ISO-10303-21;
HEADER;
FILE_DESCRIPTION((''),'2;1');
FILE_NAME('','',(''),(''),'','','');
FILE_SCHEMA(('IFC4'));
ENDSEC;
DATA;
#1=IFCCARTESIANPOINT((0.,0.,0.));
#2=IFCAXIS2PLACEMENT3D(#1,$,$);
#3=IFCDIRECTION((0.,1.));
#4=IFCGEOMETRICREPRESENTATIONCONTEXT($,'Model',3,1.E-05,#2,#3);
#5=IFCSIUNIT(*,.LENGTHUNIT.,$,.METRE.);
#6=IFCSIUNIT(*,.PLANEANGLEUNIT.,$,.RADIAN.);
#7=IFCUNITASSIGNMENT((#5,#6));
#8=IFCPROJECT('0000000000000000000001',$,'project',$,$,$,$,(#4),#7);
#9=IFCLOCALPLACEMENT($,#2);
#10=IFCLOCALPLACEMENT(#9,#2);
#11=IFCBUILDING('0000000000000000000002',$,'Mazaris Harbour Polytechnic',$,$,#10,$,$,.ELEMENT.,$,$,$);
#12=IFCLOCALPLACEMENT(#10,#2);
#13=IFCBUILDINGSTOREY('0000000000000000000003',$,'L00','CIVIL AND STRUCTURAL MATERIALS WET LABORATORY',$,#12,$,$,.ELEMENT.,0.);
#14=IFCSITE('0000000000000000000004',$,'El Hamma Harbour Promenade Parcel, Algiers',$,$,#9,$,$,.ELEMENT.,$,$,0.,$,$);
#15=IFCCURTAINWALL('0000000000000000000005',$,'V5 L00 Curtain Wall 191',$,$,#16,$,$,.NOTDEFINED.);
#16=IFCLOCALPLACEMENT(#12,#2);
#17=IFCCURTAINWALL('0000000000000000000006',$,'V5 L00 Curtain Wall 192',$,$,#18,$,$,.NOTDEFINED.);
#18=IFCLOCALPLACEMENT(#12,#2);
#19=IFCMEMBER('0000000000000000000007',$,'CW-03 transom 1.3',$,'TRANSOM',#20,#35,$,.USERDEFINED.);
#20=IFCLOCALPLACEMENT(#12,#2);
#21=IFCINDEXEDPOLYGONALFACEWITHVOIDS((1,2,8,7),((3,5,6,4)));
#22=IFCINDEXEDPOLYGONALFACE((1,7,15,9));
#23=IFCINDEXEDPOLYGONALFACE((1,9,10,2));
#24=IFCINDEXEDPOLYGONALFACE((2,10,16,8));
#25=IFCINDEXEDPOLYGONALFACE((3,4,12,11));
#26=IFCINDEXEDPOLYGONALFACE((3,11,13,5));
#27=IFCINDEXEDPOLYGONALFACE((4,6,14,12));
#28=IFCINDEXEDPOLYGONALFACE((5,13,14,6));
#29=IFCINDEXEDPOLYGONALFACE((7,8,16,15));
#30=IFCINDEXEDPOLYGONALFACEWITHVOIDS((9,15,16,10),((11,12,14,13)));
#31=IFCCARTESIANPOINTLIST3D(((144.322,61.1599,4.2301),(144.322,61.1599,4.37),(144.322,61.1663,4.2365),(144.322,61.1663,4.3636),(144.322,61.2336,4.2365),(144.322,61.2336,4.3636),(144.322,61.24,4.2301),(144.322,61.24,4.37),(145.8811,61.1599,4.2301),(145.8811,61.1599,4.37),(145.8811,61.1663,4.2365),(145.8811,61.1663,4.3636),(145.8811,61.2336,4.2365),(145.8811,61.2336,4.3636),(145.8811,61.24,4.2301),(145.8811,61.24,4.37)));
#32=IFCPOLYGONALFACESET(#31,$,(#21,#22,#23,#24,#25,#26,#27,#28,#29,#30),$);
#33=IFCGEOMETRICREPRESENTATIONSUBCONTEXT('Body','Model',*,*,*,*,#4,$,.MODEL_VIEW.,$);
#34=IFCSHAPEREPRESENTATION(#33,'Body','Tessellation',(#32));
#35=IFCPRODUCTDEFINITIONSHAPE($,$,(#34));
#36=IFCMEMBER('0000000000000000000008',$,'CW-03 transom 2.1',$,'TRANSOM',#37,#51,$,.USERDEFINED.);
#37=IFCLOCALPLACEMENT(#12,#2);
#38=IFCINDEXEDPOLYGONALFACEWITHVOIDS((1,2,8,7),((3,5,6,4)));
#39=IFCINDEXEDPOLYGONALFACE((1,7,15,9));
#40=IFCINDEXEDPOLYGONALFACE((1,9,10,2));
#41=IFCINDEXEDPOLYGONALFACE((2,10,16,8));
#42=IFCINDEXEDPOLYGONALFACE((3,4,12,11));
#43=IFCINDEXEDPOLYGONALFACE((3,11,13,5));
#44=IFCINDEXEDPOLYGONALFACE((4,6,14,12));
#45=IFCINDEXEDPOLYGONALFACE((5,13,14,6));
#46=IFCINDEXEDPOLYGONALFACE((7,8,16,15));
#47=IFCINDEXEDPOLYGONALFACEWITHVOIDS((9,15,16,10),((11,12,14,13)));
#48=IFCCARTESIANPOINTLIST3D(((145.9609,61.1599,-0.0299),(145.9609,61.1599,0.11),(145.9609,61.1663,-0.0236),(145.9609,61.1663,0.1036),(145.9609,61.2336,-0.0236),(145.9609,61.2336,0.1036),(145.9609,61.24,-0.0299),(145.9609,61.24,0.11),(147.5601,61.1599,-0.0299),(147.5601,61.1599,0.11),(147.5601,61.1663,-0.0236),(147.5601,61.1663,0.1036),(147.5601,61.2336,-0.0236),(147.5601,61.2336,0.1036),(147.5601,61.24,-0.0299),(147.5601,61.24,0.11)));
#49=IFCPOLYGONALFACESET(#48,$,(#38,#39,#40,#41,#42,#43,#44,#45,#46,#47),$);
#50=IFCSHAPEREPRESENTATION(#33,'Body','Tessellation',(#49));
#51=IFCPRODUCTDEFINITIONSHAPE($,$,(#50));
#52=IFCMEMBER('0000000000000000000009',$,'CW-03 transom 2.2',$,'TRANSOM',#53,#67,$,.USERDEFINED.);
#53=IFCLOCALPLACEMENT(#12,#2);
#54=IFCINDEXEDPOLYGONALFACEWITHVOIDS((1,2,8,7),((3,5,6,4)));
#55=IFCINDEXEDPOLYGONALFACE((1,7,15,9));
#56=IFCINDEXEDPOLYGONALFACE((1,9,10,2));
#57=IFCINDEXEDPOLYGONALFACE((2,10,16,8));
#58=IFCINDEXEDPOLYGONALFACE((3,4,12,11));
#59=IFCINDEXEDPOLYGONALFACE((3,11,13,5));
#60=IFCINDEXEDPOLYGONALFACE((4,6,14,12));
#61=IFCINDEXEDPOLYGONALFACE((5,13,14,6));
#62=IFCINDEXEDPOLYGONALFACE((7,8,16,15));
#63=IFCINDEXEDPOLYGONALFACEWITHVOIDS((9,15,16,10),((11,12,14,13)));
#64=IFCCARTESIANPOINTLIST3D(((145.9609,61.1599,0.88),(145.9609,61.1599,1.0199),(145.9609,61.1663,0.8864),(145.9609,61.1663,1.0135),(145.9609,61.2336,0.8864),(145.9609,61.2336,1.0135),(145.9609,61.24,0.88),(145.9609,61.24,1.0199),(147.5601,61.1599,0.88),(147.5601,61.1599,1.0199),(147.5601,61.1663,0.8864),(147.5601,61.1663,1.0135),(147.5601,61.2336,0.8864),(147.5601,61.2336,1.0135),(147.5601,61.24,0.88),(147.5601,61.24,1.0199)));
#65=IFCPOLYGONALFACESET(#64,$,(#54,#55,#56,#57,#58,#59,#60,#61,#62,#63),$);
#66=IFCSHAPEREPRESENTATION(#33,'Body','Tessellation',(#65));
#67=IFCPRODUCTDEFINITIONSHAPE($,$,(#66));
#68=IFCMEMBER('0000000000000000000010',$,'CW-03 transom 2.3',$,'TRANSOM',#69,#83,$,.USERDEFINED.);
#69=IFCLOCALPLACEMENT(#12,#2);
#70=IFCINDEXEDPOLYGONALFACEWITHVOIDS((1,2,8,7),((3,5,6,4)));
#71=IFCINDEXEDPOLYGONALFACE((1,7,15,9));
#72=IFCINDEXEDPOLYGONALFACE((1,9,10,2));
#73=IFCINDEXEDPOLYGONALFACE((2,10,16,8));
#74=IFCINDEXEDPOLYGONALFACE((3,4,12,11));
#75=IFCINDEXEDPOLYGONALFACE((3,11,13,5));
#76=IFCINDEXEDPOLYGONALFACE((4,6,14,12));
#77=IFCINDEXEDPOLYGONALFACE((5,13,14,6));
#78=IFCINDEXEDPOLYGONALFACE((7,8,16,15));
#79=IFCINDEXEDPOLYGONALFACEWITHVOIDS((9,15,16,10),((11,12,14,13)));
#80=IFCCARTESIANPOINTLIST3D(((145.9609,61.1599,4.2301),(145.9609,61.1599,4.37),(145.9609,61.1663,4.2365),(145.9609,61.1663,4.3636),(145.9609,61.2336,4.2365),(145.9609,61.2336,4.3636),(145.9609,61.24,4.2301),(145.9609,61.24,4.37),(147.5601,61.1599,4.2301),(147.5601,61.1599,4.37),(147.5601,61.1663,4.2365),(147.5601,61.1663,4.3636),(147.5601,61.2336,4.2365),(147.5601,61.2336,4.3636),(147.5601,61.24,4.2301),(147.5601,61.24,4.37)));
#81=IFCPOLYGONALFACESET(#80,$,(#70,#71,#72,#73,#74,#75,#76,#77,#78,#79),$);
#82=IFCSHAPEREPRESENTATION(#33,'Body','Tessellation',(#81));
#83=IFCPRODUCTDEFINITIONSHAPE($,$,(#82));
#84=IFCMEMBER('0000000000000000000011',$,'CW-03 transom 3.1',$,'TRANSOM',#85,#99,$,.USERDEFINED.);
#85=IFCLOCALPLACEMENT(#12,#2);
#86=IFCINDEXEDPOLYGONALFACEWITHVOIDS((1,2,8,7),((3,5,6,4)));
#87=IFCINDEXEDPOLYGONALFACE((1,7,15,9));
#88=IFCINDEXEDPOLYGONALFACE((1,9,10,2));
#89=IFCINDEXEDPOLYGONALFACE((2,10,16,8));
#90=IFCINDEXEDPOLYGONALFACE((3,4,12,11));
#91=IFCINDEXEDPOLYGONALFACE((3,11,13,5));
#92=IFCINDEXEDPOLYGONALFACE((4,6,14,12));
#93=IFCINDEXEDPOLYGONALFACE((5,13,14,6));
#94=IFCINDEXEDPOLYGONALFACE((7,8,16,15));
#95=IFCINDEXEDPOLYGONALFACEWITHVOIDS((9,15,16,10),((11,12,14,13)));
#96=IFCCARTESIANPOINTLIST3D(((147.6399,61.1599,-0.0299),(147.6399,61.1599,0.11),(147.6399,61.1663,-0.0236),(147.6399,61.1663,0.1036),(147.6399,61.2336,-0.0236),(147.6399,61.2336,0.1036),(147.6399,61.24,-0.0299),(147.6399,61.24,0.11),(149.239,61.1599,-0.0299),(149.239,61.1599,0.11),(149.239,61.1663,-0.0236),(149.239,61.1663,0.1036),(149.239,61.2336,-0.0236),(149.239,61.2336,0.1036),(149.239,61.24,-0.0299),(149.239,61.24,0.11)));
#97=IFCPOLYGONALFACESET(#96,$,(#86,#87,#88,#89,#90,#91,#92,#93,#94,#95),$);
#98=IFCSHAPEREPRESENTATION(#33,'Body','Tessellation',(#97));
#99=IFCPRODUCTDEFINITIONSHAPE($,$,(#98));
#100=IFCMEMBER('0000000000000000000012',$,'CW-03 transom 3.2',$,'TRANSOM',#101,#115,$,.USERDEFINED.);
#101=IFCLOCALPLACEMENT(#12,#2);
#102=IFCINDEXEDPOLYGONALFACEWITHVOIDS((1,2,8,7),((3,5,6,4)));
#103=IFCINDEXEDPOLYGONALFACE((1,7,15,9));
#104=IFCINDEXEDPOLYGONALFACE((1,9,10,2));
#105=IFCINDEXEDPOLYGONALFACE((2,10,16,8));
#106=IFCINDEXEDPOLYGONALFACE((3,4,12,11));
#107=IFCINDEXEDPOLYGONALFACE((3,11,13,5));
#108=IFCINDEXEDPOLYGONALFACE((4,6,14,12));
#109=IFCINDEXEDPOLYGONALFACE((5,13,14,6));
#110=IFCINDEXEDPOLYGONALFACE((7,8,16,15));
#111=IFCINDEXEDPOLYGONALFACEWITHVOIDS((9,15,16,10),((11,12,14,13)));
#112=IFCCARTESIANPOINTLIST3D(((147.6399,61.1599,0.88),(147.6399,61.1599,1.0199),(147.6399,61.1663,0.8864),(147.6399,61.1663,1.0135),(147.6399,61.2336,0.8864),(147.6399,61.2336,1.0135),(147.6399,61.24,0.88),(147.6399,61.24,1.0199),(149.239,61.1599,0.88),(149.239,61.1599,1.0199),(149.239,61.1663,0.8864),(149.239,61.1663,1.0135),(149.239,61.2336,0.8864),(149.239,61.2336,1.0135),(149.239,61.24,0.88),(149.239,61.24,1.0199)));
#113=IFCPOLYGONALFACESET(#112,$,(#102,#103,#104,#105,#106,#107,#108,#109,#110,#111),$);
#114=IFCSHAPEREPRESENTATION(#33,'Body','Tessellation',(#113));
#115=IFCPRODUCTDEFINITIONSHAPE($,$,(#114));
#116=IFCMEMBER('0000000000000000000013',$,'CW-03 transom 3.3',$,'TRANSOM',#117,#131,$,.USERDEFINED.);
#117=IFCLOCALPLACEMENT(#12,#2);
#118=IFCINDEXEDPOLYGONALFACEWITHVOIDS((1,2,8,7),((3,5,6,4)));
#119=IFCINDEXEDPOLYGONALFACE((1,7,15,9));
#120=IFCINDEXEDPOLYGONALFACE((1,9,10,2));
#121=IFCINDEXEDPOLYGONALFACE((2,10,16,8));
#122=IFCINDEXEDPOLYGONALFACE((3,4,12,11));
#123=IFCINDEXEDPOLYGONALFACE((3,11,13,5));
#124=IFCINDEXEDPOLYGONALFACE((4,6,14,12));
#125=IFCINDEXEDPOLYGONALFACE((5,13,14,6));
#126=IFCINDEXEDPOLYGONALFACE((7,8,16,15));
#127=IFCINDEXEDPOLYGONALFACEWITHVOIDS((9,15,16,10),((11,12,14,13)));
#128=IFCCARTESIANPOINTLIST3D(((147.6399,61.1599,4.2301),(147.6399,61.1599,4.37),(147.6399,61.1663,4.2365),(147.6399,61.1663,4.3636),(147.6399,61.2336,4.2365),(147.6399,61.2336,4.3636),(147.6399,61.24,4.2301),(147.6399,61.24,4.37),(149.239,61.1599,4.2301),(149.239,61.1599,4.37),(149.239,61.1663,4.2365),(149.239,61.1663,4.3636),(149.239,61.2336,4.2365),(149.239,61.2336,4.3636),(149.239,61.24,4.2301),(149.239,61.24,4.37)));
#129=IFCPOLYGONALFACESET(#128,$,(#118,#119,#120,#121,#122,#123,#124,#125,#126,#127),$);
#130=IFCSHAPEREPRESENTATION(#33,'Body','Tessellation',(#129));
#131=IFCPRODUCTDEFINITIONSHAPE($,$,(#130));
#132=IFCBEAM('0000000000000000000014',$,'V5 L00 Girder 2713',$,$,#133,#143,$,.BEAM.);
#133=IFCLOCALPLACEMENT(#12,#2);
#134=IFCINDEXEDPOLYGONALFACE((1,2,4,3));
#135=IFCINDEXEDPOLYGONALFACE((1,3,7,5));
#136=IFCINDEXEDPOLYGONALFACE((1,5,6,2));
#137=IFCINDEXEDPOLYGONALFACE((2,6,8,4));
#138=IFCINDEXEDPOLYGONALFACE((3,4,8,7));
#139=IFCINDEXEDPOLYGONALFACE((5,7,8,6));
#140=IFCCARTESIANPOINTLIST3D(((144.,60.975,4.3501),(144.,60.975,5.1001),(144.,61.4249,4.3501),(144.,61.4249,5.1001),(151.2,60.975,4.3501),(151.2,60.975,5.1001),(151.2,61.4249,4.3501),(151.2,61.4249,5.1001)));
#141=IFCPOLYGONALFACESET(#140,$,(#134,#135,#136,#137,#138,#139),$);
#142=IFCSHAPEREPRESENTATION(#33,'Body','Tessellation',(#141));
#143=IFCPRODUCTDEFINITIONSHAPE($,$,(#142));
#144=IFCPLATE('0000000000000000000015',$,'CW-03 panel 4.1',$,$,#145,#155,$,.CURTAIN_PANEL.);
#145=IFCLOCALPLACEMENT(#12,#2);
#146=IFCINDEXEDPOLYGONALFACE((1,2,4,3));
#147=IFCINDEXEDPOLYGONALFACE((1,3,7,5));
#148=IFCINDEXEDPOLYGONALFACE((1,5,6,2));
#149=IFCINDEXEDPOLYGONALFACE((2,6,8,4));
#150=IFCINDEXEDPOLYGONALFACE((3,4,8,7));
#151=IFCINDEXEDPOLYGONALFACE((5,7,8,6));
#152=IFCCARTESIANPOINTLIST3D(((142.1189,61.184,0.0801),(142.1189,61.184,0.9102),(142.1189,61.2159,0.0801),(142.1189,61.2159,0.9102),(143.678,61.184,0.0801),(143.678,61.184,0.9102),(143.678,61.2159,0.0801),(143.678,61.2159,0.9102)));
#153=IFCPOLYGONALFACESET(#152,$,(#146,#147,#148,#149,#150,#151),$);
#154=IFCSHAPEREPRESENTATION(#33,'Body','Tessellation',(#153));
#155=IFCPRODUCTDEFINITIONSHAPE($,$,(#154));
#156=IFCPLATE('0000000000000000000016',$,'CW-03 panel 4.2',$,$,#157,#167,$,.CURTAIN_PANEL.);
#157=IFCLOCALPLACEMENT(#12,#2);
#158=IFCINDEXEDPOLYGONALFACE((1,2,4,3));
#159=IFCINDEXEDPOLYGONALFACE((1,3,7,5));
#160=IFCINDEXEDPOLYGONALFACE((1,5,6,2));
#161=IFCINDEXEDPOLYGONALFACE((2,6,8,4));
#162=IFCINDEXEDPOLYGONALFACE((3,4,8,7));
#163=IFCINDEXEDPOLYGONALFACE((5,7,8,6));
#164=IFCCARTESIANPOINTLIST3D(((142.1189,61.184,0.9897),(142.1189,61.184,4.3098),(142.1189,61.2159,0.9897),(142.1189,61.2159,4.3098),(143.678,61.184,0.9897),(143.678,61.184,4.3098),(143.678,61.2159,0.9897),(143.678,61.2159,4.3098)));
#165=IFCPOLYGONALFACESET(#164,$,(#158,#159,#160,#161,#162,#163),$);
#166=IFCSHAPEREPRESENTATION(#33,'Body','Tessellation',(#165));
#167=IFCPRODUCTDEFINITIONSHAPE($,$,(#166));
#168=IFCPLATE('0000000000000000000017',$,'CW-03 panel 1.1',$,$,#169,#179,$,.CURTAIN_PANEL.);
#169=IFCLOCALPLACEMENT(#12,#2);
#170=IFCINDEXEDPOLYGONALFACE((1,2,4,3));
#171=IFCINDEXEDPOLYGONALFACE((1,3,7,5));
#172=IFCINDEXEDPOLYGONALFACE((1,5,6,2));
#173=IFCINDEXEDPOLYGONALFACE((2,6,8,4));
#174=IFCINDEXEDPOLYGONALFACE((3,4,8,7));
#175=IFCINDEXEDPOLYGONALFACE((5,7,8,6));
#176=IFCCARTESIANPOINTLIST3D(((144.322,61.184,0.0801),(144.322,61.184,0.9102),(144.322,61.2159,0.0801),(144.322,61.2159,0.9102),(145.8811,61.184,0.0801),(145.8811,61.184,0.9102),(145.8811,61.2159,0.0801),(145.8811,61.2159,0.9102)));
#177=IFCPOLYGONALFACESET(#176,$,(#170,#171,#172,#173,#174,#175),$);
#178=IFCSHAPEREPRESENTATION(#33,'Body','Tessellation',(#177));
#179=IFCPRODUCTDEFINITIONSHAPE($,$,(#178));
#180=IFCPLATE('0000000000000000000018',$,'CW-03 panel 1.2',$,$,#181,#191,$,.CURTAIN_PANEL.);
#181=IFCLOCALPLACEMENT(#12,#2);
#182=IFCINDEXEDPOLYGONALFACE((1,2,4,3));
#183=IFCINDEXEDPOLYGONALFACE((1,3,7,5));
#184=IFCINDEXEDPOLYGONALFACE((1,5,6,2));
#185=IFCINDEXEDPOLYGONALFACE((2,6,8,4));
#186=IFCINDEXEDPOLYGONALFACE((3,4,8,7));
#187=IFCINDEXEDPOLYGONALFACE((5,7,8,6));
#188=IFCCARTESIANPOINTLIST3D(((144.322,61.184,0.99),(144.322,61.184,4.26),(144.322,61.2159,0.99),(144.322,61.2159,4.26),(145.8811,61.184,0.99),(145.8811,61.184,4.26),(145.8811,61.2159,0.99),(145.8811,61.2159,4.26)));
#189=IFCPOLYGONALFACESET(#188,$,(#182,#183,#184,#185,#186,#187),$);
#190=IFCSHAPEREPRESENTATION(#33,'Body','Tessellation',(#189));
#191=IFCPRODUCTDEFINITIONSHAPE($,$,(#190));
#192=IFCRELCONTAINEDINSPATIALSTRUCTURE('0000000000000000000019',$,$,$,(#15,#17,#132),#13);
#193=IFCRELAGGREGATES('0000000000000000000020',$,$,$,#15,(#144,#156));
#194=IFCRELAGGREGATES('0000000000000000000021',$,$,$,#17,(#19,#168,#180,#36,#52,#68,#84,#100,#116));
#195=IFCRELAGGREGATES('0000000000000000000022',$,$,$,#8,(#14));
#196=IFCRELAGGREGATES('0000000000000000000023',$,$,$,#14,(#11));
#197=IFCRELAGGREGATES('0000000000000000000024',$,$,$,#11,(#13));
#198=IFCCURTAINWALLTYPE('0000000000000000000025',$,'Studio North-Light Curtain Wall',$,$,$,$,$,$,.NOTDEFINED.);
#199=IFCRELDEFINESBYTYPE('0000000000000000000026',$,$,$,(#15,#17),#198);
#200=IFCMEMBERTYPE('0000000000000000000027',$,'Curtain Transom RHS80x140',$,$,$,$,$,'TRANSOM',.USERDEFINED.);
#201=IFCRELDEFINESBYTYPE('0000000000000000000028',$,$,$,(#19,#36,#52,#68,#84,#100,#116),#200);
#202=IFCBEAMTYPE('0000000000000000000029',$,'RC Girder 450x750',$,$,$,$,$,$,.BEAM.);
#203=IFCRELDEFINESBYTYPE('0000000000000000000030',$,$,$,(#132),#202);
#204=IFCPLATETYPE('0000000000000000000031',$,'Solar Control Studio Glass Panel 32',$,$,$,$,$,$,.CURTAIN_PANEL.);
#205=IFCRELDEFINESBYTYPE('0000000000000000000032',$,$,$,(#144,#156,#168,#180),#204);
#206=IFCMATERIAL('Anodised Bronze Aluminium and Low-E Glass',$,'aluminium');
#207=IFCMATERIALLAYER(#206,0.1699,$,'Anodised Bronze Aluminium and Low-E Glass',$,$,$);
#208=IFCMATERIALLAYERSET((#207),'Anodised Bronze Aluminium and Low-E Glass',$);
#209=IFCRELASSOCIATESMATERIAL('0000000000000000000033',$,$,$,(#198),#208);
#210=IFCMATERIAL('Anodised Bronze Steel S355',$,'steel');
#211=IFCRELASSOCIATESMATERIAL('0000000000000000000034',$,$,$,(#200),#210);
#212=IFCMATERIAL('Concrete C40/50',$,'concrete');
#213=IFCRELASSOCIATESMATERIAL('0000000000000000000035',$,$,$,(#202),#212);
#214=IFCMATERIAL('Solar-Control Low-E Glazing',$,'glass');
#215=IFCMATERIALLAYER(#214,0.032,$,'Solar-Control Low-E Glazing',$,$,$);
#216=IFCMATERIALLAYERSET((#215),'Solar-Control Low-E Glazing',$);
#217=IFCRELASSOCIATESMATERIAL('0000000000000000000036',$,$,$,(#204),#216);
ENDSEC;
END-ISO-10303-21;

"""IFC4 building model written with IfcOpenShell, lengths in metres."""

from ifc_helpers import new_model, si_unit, direction, frame, origin, origin_2d, place, context, subcontext, project, spatial, rectangle, hollow_rectangle, extrude, material, layer, layer_set, material_profile, profile_set, type_object, element, aggregate, save


model = new_model("IFC4")

# Units and contexts
model_context = context("Model", 3, precision=1e-05, world=origin(), true_north=direction((0.0, 1.0)))
body_context = subcontext(model_context, "Body", "Model", "MODEL_VIEW")
ifc_project = project(units=[si_unit("LENGTHUNIT", "METRE"), si_unit("PLANEANGLEUNIT", "RADIAN")], contexts=[model_context])

# Site, building, storey
site_placement = place(None, origin())
site = spatial("IfcSite", under=ifc_project, at=site_placement, Name="El Hamma Harbour Promenade Parcel, Algiers", CompositionType="ELEMENT", RefElevation=0.0)
building_placement = place(site_placement, origin())
building = spatial("IfcBuilding", under=site, at=building_placement, Name="Mazaris Harbour Polytechnic", CompositionType="ELEMENT")
storey_placement = place(building_placement, origin())
storey = spatial("IfcBuildingStorey", under=building, at=storey_placement, Name="L00", Description="CIVIL AND STRUCTURAL MATERIALS WET LABORATORY", CompositionType="ELEMENT", Elevation=0.0)

# Curtain walls
ifc_material_1 = material(Name="Anodised Bronze Aluminium and Low-E Glass", Category="aluminium")
ifc_layer_1 = layer(ifc_material_1, 0.1699, Name="Anodised Bronze Aluminium and Low-E Glass")
ifc_layer_set_1 = layer_set([ifc_layer_1], Name="Anodised Bronze Aluminium and Low-E Glass")
curtain_wall_type = type_object("IfcCurtainWallType", Name="Studio North-Light Curtain Wall", PredefinedType="NOTDEFINED", material=ifc_layer_set_1)
curtain_wall_1_placement = place(storey_placement, origin())
curtain_wall_1 = element("IfcCurtainWall", 1, at=curtain_wall_1_placement, inside=storey, type_object=curtain_wall_type, Name="V5 L00 Curtain Wall 191", PredefinedType="NOTDEFINED")
curtain_wall_2_placement = place(storey_placement, origin())
curtain_wall_2 = element("IfcCurtainWall", 2, at=curtain_wall_2_placement, inside=storey, type_object=curtain_wall_type, Name="V5 L00 Curtain Wall 192", PredefinedType="NOTDEFINED")

# Members
ifc_material_2 = material(Name="Anodised Bronze Steel S355", Category="steel")
ifc_material_profile_1 = material_profile(ifc_material_2, hollow_rectangle(XDim=0.0801, YDim=0.1399, WallThickness=0.0063, at=origin_2d()), Name="RHS 80x140x6.3")
ifc_profile_set_1 = profile_set([ifc_material_profile_1], Name="Anodised Bronze Steel S355")
member_type_1 = type_object("IfcMemberType", Name="Curtain Transom RHS80x140", ElementType="TRANSOM", PredefinedType="USERDEFINED", material=ifc_profile_set_1)
member_1_placement = place(storey_placement, frame((144.322, 61.2, 4.3), z_axis=(1.0, 0.0, 0.0), x_axis=(0.0, 1.0, 0.0)))
member_1 = element("IfcMember", 3, at=member_1_placement, type_object=member_type_1, Name="CW-03 transom 1.3", ObjectType="TRANSOM", PredefinedType="USERDEFINED", context=body_context, shape_type="SweptSolid", body=[
    extrude(hollow_rectangle(XDim=0.0801, YDim=0.1399, WallThickness=0.0063, at=origin_2d()), origin(), (0.0, 0.0, 1.0), 1.5591),
])
member_2_placement = place(storey_placement, frame((145.9609, 61.2, 0.04), z_axis=(1.0, 0.0, 0.0), x_axis=(0.0, 1.0, 0.0)))
member_2 = element("IfcMember", 4, at=member_2_placement, type_object=member_type_1, Name="CW-03 transom 2.1", ObjectType="TRANSOM", PredefinedType="USERDEFINED", context=body_context, shape_type="SweptSolid", body=[
    extrude(hollow_rectangle(XDim=0.0801, YDim=0.1399, WallThickness=0.0063, at=origin_2d()), origin(), (0.0, 0.0, 1.0), 1.5991),
])
member_3_placement = place(storey_placement, frame((145.9609, 61.2, 0.95), z_axis=(1.0, 0.0, 0.0), x_axis=(0.0, 1.0, 0.0)))
member_3 = element("IfcMember", 5, at=member_3_placement, type_object=member_type_1, Name="CW-03 transom 2.2", ObjectType="TRANSOM", PredefinedType="USERDEFINED", context=body_context, shape_type="SweptSolid", body=[
    extrude(hollow_rectangle(XDim=0.0801, YDim=0.1399, WallThickness=0.0063, at=origin_2d()), origin(), (0.0, 0.0, 1.0), 1.5991),
])
member_4_placement = place(storey_placement, frame((145.9609, 61.2, 4.3), z_axis=(1.0, 0.0, 0.0), x_axis=(0.0, 1.0, 0.0)))
member_4 = element("IfcMember", 6, at=member_4_placement, type_object=member_type_1, Name="CW-03 transom 2.3", ObjectType="TRANSOM", PredefinedType="USERDEFINED", context=body_context, shape_type="SweptSolid", body=[
    extrude(hollow_rectangle(XDim=0.0801, YDim=0.1399, WallThickness=0.0063, at=origin_2d()), origin(), (0.0, 0.0, 1.0), 1.5991),
])
member_5_placement = place(storey_placement, frame((147.6399, 61.2, 0.04), z_axis=(1.0, 0.0, 0.0), x_axis=(0.0, 1.0, 0.0)))
member_5 = element("IfcMember", 7, at=member_5_placement, type_object=member_type_1, Name="CW-03 transom 3.1", ObjectType="TRANSOM", PredefinedType="USERDEFINED", context=body_context, shape_type="SweptSolid", body=[
    extrude(hollow_rectangle(XDim=0.0801, YDim=0.1399, WallThickness=0.0063, at=origin_2d()), origin(), (0.0, 0.0, 1.0), 1.5991),
])
member_6_placement = place(storey_placement, frame((147.6399, 61.2, 0.95), z_axis=(1.0, 0.0, 0.0), x_axis=(0.0, 1.0, 0.0)))
member_6 = element("IfcMember", 8, at=member_6_placement, type_object=member_type_1, Name="CW-03 transom 3.2", ObjectType="TRANSOM", PredefinedType="USERDEFINED", context=body_context, shape_type="SweptSolid", body=[
    extrude(hollow_rectangle(XDim=0.0801, YDim=0.1399, WallThickness=0.0063, at=origin_2d()), origin(), (0.0, 0.0, 1.0), 1.5991),
])
member_7_placement = place(storey_placement, frame((147.6399, 61.2, 4.3), z_axis=(1.0, 0.0, 0.0), x_axis=(0.0, 1.0, 0.0)))
member_7 = element("IfcMember", 9, at=member_7_placement, type_object=member_type_1, Name="CW-03 transom 3.3", ObjectType="TRANSOM", PredefinedType="USERDEFINED", context=body_context, shape_type="SweptSolid", body=[
    extrude(hollow_rectangle(XDim=0.0801, YDim=0.1399, WallThickness=0.0063, at=origin_2d()), origin(), (0.0, 0.0, 1.0), 1.5991),
])

# Beam
ifc_material_3 = material(Name="Concrete C40/50", Category="concrete")
ifc_material_profile_2 = material_profile(ifc_material_3, rectangle(XDim=0.45, YDim=0.75, at=origin_2d()), Name="RECT450x750")
ifc_profile_set_2 = profile_set([ifc_material_profile_2], Name="Concrete C40/50")
beam_type = type_object("IfcBeamType", Name="RC Girder 450x750", PredefinedType="BEAM", material=ifc_profile_set_2)
beam_placement = place(storey_placement, frame((144.0, 61.2, 4.7251), z_axis=(1.0, 0.0, 0.0), x_axis=(0.0, 1.0, 0.0)))
element("IfcBeam", 10, at=beam_placement, inside=storey, type_object=beam_type, Name="V5 L00 Girder 2713", PredefinedType="BEAM", context=body_context, shape_type="SweptSolid", body=[
    extrude(rectangle(XDim=0.45, YDim=0.75, at=origin_2d()), origin(), (0.0, 0.0, 1.0), 7.2),
])

# Plates
ifc_material_4 = material(Name="Solar-Control Low-E Glazing", Category="glass")
ifc_layer_2 = layer(ifc_material_4, 0.032, Name="Solar-Control Low-E Glazing")
ifc_layer_set_2 = layer_set([ifc_layer_2], Name="Solar-Control Low-E Glazing")
plate_type = type_object("IfcPlateType", Name="Solar Control Studio Glass Panel 32", PredefinedType="CURTAIN_PANEL", material=ifc_layer_set_2)
plate_1_placement = place(storey_placement, frame((142.8984, 61.2, 0.0801), z_axis=(0.0, 0.0, 1.0), x_axis=(1.0, 0.0, 0.0)))
plate_1 = element("IfcPlate", 11, at=plate_1_placement, type_object=plate_type, Name="CW-03 panel 4.1", PredefinedType="CURTAIN_PANEL", context=body_context, shape_type="SweptSolid", body=[
    extrude(rectangle(XDim=1.5591, YDim=0.032, at=origin_2d()), origin(), (0.0, 0.0, 1.0), 0.8301),
])
plate_2_placement = place(storey_placement, frame((142.8984, 61.2, 0.9897), z_axis=(0.0, 0.0, 1.0), x_axis=(1.0, 0.0, 0.0)))
plate_2 = element("IfcPlate", 12, at=plate_2_placement, type_object=plate_type, Name="CW-03 panel 4.2", PredefinedType="CURTAIN_PANEL", context=body_context, shape_type="SweptSolid", body=[
    extrude(rectangle(XDim=1.5591, YDim=0.032, at=origin_2d()), origin(), (0.0, 0.0, 1.0), 3.3201),
])
aggregate(curtain_wall_1, [plate_1, plate_2])
plate_3_placement = place(storey_placement, frame((145.1016, 61.2, 0.0801), z_axis=(0.0, 0.0, 1.0), x_axis=(1.0, 0.0, 0.0)))
plate_3 = element("IfcPlate", 13, at=plate_3_placement, type_object=plate_type, Name="CW-03 panel 1.1", PredefinedType="CURTAIN_PANEL", context=body_context, shape_type="SweptSolid", body=[
    extrude(rectangle(XDim=1.5591, YDim=0.032, at=origin_2d()), origin(), (0.0, 0.0, 1.0), 0.8301),
])
plate_4_placement = place(storey_placement, frame((145.1016, 61.2, 0.99), z_axis=(0.0, 0.0, 1.0), x_axis=(1.0, 0.0, 0.0)))
plate_4 = element("IfcPlate", 14, at=plate_4_placement, type_object=plate_type, Name="CW-03 panel 1.2", PredefinedType="CURTAIN_PANEL", context=body_context, shape_type="SweptSolid", body=[
    extrude(rectangle(XDim=1.5591, YDim=0.032, at=origin_2d()), origin(), (0.0, 0.0, 1.0), 3.27),
])
aggregate(curtain_wall_2, [member_1, plate_3, plate_4, member_2, member_3, member_4, member_5, member_6, member_7])

save(model, "model.ifc")
